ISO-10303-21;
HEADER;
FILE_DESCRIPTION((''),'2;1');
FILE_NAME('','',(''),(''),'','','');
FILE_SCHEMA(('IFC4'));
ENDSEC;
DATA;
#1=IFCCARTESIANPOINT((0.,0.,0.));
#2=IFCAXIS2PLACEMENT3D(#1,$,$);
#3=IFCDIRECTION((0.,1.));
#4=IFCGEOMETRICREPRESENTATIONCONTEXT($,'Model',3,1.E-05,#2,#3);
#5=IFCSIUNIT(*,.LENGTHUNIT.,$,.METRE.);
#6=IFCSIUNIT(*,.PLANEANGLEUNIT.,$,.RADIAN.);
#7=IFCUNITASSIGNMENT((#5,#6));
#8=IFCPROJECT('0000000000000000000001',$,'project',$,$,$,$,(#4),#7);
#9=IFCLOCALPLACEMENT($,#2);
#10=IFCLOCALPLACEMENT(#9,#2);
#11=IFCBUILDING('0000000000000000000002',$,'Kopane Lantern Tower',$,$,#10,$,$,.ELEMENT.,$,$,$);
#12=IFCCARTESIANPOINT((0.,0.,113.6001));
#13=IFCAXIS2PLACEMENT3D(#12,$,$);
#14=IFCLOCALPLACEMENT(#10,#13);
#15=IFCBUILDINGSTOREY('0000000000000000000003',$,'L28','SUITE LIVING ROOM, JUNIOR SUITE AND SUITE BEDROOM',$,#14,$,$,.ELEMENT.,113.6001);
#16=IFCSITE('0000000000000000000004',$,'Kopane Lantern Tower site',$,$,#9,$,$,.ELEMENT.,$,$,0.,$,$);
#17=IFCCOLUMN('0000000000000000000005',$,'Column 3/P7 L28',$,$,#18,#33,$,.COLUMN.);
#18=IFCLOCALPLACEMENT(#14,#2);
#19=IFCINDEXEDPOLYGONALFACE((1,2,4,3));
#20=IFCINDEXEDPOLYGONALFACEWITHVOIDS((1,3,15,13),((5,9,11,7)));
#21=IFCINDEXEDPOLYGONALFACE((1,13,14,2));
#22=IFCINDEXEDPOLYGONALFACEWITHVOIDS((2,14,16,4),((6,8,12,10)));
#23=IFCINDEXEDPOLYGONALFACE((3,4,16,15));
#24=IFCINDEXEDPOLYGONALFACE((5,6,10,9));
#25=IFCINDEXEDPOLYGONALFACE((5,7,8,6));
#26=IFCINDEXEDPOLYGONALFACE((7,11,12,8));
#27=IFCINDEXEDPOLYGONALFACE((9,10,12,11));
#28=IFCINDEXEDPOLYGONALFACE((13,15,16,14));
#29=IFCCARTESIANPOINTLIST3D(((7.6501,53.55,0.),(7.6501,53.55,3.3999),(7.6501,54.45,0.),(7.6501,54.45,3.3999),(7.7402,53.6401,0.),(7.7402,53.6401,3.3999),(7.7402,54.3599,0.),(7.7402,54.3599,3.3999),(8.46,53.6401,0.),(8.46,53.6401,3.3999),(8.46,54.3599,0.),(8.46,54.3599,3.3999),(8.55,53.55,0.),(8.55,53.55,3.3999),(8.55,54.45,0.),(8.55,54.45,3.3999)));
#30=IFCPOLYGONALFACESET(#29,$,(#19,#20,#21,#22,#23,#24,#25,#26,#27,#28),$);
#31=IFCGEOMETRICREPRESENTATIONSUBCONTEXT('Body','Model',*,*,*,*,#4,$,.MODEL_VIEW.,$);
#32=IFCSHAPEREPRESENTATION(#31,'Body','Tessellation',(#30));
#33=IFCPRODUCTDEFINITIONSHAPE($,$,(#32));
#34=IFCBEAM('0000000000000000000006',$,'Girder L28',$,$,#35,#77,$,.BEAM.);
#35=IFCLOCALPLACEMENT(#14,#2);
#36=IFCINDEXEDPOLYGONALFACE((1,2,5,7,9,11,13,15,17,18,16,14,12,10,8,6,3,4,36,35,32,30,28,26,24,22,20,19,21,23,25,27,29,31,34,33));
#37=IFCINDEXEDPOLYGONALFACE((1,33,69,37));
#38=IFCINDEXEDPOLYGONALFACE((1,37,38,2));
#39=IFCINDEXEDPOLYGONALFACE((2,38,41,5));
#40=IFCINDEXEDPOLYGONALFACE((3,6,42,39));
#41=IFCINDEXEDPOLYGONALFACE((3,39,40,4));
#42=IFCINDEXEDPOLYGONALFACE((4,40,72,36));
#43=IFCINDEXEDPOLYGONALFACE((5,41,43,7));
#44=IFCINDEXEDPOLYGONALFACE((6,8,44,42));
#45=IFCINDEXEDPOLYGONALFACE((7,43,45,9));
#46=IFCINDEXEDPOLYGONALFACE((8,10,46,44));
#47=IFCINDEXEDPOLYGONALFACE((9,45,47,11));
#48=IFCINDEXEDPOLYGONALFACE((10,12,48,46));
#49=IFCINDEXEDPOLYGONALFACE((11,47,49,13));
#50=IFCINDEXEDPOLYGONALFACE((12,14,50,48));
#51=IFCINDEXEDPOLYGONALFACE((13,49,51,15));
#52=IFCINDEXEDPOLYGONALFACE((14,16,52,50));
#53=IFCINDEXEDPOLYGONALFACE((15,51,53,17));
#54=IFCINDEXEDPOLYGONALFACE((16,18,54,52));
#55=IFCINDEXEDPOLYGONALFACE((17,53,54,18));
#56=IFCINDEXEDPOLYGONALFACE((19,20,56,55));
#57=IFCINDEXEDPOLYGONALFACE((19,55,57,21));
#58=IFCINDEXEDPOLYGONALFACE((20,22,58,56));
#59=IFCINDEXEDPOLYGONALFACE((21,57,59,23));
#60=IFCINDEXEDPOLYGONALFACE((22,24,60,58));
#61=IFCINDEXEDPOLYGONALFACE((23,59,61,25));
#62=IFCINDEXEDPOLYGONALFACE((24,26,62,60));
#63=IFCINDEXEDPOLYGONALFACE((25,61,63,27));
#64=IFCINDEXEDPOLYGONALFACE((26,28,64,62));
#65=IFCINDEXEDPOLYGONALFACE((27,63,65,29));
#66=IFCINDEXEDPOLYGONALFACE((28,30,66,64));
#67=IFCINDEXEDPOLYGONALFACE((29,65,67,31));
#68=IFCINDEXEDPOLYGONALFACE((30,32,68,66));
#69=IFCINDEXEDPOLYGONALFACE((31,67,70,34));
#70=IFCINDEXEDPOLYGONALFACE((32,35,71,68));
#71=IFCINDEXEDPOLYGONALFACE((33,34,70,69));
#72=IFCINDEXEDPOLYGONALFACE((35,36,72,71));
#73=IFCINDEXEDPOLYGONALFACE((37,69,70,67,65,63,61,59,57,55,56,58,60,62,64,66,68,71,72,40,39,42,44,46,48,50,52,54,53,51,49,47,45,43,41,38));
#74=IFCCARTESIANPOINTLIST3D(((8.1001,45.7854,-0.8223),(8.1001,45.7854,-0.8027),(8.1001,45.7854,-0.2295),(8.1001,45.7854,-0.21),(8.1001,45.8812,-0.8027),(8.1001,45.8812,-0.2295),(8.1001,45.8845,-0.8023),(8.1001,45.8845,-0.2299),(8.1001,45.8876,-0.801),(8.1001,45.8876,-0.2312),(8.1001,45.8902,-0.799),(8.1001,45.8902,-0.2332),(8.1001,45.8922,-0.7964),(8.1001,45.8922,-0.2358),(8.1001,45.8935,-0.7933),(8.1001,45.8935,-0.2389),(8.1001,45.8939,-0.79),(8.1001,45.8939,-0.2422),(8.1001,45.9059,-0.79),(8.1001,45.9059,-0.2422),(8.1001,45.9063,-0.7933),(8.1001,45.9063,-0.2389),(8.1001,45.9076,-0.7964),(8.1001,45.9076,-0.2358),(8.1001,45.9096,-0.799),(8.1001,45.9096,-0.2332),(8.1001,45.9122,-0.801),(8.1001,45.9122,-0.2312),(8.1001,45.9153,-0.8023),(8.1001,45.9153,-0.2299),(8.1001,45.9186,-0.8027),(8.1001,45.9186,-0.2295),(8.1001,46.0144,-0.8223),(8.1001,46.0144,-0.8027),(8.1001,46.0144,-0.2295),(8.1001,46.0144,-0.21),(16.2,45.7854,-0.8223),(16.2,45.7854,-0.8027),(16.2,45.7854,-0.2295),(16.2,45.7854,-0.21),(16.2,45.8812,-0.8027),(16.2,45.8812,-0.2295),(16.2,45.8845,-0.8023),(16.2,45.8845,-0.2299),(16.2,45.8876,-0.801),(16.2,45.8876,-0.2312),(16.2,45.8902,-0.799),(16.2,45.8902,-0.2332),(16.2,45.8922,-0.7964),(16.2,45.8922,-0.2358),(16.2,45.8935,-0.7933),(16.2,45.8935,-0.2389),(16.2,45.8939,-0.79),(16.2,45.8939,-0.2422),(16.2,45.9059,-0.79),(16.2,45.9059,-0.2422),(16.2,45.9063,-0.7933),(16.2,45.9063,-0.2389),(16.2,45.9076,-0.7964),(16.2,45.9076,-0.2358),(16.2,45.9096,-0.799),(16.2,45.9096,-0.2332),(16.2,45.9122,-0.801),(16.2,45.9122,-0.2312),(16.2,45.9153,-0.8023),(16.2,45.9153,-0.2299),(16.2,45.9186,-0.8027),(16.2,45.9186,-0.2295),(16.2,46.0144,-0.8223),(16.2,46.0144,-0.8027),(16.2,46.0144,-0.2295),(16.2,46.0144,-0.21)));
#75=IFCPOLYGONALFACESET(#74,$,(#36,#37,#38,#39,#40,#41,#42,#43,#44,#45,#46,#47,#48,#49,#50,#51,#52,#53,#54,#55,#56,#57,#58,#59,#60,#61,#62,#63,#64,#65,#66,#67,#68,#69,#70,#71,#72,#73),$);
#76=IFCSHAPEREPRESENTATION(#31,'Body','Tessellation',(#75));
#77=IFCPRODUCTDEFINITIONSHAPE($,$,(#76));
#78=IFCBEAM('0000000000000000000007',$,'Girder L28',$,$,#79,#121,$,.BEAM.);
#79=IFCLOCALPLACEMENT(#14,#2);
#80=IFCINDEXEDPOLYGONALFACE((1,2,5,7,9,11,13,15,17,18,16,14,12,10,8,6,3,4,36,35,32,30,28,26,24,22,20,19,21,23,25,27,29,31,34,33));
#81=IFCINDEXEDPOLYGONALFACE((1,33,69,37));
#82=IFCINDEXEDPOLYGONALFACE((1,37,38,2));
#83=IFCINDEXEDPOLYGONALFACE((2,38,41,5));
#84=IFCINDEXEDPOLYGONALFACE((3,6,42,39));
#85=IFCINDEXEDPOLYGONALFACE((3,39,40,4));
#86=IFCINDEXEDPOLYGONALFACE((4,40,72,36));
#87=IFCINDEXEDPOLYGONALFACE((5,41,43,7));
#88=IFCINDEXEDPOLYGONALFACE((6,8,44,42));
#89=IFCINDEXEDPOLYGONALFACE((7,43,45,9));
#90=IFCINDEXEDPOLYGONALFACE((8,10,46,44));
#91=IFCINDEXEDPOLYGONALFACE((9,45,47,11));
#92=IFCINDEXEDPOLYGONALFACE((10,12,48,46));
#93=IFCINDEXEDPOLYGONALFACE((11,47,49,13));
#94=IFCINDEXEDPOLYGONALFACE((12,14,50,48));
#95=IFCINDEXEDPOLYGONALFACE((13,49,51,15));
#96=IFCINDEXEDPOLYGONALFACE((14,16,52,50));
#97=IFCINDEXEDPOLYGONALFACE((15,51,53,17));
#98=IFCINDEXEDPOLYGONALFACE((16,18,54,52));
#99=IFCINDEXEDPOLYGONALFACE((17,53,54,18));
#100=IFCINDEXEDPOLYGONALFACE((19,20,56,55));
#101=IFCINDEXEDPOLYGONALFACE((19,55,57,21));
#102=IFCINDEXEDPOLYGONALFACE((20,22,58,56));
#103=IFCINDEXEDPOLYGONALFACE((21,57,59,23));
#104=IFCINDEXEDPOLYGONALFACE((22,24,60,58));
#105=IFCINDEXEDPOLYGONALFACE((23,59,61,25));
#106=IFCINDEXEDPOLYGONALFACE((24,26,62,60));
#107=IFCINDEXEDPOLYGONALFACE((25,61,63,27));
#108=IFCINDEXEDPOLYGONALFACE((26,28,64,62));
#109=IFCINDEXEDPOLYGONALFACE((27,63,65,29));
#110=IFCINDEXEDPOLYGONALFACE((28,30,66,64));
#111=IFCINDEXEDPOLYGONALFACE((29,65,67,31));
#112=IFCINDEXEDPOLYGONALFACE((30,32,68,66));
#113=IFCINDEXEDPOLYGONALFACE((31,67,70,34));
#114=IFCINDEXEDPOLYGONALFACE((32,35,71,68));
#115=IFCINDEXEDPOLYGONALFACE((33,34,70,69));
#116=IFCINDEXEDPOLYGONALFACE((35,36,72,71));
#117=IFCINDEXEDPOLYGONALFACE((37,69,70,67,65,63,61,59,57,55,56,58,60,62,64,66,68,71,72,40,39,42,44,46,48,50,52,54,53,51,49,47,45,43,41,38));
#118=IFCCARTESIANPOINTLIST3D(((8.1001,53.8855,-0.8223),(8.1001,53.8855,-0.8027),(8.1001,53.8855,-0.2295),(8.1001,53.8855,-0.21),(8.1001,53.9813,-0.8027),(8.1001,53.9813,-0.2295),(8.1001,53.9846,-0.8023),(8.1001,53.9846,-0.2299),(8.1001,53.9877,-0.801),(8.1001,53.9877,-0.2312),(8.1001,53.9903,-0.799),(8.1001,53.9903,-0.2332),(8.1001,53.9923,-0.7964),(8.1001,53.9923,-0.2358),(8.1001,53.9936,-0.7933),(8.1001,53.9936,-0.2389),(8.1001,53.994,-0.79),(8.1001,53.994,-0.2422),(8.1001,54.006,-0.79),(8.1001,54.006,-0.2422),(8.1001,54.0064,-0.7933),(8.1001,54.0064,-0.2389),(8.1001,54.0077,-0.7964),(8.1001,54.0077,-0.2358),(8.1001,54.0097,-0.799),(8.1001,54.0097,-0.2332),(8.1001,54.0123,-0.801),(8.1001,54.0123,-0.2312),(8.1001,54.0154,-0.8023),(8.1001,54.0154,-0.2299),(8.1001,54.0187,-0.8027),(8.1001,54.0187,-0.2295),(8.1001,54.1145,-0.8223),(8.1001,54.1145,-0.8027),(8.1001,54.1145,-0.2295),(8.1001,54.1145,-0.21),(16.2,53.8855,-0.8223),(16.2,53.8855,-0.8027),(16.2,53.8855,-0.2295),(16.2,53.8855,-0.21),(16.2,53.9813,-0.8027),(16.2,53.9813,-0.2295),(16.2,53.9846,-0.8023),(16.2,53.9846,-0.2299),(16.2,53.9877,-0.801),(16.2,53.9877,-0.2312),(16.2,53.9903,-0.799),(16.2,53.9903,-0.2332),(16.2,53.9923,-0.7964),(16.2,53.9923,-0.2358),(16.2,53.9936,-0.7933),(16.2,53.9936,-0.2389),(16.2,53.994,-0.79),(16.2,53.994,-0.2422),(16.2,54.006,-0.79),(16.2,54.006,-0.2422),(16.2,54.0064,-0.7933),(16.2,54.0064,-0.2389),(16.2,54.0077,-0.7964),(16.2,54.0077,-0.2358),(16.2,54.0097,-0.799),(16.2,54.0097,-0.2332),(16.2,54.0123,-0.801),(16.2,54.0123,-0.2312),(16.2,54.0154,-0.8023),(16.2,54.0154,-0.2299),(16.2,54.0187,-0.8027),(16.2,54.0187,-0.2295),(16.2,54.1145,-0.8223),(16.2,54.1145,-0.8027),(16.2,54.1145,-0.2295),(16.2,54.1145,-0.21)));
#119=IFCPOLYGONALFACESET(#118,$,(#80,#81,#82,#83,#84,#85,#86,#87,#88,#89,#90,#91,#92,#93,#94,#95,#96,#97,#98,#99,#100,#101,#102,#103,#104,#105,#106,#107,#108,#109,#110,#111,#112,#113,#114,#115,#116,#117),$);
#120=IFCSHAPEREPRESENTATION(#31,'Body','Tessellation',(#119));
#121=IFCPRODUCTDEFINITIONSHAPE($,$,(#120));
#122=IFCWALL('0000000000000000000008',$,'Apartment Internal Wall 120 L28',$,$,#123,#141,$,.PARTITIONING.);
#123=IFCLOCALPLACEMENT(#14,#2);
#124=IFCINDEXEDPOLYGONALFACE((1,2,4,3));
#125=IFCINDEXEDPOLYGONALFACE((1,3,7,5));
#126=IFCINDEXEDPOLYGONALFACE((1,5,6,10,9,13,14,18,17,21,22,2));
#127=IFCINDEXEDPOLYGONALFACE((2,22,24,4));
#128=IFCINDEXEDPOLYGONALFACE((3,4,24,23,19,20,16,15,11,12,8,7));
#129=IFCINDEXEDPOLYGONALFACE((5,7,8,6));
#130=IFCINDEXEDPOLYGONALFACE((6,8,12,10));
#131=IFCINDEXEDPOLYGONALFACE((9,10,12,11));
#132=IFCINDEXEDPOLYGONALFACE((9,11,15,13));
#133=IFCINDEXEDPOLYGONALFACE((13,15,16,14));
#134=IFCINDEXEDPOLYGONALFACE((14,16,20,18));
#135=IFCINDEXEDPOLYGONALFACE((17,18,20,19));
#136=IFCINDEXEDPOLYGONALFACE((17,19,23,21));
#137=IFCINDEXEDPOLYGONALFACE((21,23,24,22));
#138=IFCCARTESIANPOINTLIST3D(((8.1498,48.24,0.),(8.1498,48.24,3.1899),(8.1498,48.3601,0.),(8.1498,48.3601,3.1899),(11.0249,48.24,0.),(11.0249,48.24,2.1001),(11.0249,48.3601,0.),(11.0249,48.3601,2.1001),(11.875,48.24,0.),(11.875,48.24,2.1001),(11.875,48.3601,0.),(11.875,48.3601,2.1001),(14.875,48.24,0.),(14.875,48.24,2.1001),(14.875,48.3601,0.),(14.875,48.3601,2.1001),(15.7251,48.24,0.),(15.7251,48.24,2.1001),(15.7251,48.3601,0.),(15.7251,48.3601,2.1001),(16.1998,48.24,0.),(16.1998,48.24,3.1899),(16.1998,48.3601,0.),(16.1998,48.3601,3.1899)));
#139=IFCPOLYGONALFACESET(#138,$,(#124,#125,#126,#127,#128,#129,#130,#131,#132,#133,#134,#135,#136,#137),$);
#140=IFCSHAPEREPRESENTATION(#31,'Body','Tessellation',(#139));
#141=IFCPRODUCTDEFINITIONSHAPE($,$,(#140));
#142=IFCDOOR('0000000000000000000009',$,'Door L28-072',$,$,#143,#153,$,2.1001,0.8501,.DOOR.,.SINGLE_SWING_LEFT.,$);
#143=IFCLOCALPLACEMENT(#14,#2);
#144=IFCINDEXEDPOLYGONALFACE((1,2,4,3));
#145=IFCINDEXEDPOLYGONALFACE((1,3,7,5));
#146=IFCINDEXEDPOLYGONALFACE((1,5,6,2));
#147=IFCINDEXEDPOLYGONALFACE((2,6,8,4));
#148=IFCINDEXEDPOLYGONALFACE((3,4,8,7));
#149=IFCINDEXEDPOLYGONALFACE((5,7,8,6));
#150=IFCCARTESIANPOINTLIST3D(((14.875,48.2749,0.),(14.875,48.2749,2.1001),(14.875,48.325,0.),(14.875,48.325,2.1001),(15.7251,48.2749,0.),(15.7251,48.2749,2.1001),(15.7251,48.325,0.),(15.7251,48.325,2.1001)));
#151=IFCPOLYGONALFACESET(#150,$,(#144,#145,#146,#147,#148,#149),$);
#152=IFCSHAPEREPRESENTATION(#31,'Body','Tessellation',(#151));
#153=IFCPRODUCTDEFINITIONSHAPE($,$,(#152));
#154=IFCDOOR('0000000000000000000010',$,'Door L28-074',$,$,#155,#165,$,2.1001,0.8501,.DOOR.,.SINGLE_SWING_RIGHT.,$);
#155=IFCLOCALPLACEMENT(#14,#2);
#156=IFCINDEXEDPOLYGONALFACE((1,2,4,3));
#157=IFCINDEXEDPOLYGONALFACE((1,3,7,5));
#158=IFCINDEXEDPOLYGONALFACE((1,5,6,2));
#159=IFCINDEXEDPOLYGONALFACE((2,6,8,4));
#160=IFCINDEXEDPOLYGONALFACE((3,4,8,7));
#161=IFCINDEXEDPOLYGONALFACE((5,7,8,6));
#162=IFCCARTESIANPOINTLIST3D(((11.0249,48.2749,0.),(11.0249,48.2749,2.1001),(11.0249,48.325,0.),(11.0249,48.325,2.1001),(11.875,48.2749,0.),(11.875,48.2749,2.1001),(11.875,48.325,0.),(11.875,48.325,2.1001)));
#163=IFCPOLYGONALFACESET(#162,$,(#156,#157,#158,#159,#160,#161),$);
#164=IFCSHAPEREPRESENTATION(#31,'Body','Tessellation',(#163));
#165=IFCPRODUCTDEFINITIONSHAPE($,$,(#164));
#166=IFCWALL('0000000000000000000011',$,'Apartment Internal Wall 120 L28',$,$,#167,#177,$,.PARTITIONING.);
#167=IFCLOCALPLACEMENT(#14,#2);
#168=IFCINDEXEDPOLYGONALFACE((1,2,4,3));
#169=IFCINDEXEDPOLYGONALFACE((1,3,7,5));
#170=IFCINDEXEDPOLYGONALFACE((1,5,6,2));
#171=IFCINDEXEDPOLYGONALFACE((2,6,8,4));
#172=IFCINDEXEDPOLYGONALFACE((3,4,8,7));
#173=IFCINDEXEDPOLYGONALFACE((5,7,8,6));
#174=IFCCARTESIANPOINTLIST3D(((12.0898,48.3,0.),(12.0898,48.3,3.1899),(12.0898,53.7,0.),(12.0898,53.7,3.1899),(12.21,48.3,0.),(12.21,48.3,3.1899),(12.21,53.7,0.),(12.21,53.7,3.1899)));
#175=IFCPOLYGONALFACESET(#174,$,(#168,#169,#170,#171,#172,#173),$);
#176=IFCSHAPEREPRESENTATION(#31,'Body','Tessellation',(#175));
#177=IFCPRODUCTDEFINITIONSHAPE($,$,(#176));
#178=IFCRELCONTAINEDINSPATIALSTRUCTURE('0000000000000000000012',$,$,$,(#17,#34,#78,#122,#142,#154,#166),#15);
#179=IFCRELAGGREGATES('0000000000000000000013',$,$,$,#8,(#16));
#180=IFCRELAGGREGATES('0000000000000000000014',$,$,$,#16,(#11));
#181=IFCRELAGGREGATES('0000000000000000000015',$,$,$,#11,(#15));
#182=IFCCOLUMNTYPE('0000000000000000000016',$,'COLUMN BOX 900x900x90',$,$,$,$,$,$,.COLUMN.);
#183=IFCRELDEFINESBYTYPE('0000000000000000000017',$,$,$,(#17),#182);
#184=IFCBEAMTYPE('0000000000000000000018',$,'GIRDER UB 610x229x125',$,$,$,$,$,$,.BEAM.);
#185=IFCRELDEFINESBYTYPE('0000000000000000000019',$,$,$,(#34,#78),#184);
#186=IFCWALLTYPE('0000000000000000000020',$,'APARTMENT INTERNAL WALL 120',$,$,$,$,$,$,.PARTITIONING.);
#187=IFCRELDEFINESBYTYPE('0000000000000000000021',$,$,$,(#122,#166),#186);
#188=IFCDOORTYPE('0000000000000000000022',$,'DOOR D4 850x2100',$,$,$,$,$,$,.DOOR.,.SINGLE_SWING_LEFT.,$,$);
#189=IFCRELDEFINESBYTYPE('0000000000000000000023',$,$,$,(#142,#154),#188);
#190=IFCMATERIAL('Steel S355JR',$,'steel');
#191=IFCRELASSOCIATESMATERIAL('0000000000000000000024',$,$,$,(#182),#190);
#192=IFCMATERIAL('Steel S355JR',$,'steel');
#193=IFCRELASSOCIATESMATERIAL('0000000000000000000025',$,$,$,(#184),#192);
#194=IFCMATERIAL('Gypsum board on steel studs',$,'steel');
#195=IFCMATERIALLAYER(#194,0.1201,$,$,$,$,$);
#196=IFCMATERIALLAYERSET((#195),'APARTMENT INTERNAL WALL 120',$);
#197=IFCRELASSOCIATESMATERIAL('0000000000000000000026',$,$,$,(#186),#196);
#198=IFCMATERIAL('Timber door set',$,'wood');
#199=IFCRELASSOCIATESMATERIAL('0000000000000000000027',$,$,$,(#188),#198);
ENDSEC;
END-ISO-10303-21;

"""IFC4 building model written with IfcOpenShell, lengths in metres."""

from ifc_helpers import new_model, si_unit, direction, frame, frame_2d, origin, origin_2d, place, context, subcontext, project, spatial, rectangle, hollow_rectangle, i_section, extrude, material, layer, layer_set, material_profile, profile_set, type_object, element, fill, save


model = new_model("IFC4")

# Units and contexts
model_context = context("Model", 3, precision=1e-05, world=origin(), true_north=direction((0.0, 1.0)))
body_context = subcontext(model_context, "Body", "Model", "MODEL_VIEW")
ifc_project = project(units=[si_unit("LENGTHUNIT", "METRE"), si_unit("PLANEANGLEUNIT", "RADIAN")], contexts=[model_context])

# Site, building, storey
site_placement = place(None, origin())
site = spatial("IfcSite", under=ifc_project, at=site_placement, Name="Kopane Lantern Tower site", CompositionType="ELEMENT", RefElevation=0.0)
building_placement = place(site_placement, origin())
building = spatial("IfcBuilding", under=site, at=building_placement, Name="Kopane Lantern Tower", CompositionType="ELEMENT")
storey_placement = place(building_placement, frame((0.0, 0.0, 113.6001)))
storey = spatial("IfcBuildingStorey", under=building, at=storey_placement, Name="L28", Description="SUITE LIVING ROOM, JUNIOR SUITE AND SUITE BEDROOM", CompositionType="ELEMENT", Elevation=113.6001)

# Column
ifc_material_1 = material(Name="Steel S355JR", Category="steel")
ifc_material_profile_1 = material_profile(ifc_material_1, hollow_rectangle(XDim=0.8999, YDim=0.8999, WallThickness=0.0901, at=origin_2d()), Name="BOX 900x900x90")
ifc_profile_set_1 = profile_set([ifc_material_profile_1], Name="Steel S355JR")
column_type = type_object("IfcColumnType", Name="COLUMN BOX 900x900x90", PredefinedType="COLUMN", material=ifc_profile_set_1)
column_placement = place(storey_placement, frame((8.1001, 54.0, 0.0), z_axis=(0.0, 0.0, 1.0), x_axis=(1.0, 0.0, 0.0)))
element("IfcColumn", 1, at=column_placement, inside=storey, type_object=column_type, Name="Column 3/P7 L28", PredefinedType="COLUMN", context=body_context, shape_type="SweptSolid", body=[
    extrude(hollow_rectangle(XDim=0.8999, YDim=0.8999, WallThickness=0.0901, at=origin_2d()), origin(), (0.0, 0.0, 1.0), 3.3999),
])

# Beams
ifc_material_2 = material(Name="Steel S355JR", Category="steel")
ifc_material_profile_2 = material_profile(ifc_material_2, i_section(OverallWidth=0.229, OverallDepth=0.6123, WebThickness=0.012, FlangeThickness=0.0195, FilletRadius=0.0127, at=origin_2d()), Name="UB 610x229x125")
ifc_profile_set_2 = profile_set([ifc_material_profile_2], Name="Steel S355JR")
beam_type = type_object("IfcBeamType", Name="GIRDER UB 610x229x125", PredefinedType="BEAM", material=ifc_profile_set_2)
for number, where, z_axis, x_axis, name in (
    (2, (8.1001, 45.8999, -0.5161), (1.0, 0.0, 0.0), (0.0, 1.0, 0.0), "Girder L28"),
    (3, (8.1001, 54.0, -0.5161), (1.0, 0.0, 0.0), (0.0, 1.0, 0.0), "Girder L28"),
):
    element("IfcBeam", number, at=place(storey_placement, frame(where, z_axis=z_axis, x_axis=x_axis)), inside=storey, type_object=beam_type, Name=name, PredefinedType="BEAM", context=body_context, shape_type="SweptSolid", body=[
        extrude(i_section(OverallWidth=0.229, OverallDepth=0.6123, WebThickness=0.012, FlangeThickness=0.0195, FilletRadius=0.0127, at=origin_2d()), origin(), (0.0, 0.0, 1.0), 8.0999),
    ])

# Wall, openings, doors
ifc_material_3 = material(Name="Gypsum board on steel studs", Category="steel")
ifc_layer_1 = layer(ifc_material_3, 0.1201)
ifc_layer_set_1 = layer_set([ifc_layer_1], Name="APARTMENT INTERNAL WALL 120")
wall_type_1 = type_object("IfcWallType", Name="APARTMENT INTERNAL WALL 120", PredefinedType="PARTITIONING", material=ifc_layer_set_1)
wall_1_placement = place(storey_placement, frame((8.1499, 48.3, 0.0), z_axis=(0.0, 0.0, 1.0), x_axis=(1.0, 0.0, 0.0)))
wall_1 = element("IfcWall", 4, at=wall_1_placement, inside=storey, type_object=wall_type_1, Name="Apartment Internal Wall 120 L28", PredefinedType="PARTITIONING", context=body_context, shape_type="SweptSolid", body=[
    extrude(rectangle(XDim=8.05, YDim=0.1201, at=frame_2d((4.0249, 0.0))), origin(), (0.0, 0.0, 1.0), 3.1899),
])
opening_1_placement = place(wall_1_placement, frame((6.7251, 0.0, 0.0)))
opening_1 = element("IfcOpeningElement", 5, at=opening_1_placement, cuts=wall_1, PredefinedType="OPENING", context=body_context, shape_type="SweptSolid", body=[
    extrude(rectangle(XDim=0.8501, YDim=2.1001, at=frame_2d((0.425, 1.05))), frame((0.0, 0.0701, 0.0), z_axis=(0.0, -1.0, 0.0), x_axis=(1.0, 0.0, 0.0)), (0.0, 0.0, 1.0), 0.1401),
])
opening_2_placement = place(wall_1_placement, frame((2.875, 0.0, 0.0)))
opening_2 = element("IfcOpeningElement", 6, at=opening_2_placement, cuts=wall_1, PredefinedType="OPENING", context=body_context, shape_type="SweptSolid", body=[
    extrude(rectangle(XDim=0.8501, YDim=2.1001, at=frame_2d((0.425, 1.05))), frame((0.0, 0.0701, 0.0), z_axis=(0.0, -1.0, 0.0), x_axis=(1.0, 0.0, 0.0)), (0.0, 0.0, 1.0), 0.1401),
])
ifc_material_4 = material(Name="Timber door set", Category="wood")
door_type_1 = type_object("IfcDoorType", Name="DOOR D4 850x2100", OperationType="SINGLE_SWING_LEFT", PredefinedType="DOOR", material=ifc_material_4)
door_1_placement = place(opening_1_placement, origin())
door_1 = element("IfcDoor", 7, at=door_1_placement, inside=storey, type_object=door_type_1, Name="Door L28-072", OperationType="SINGLE_SWING_LEFT", OverallHeight=2.1001, OverallWidth=0.8501, PredefinedType="DOOR", context=body_context, shape_type="SweptSolid", body=[
    extrude(rectangle(XDim=0.8501, YDim=2.1001, at=frame_2d((0.425, 1.05))), frame((0.0, 0.0249, 0.0), z_axis=(0.0, -1.0, 0.0), x_axis=(1.0, 0.0, 0.0)), (0.0, 0.0, 1.0), 0.05),
])
fill(opening_1, door_1)
door_2_placement = place(opening_2_placement, origin())
door_2 = element("IfcDoor", 8, at=door_2_placement, inside=storey, type_object=door_type_1, Name="Door L28-074", OperationType="SINGLE_SWING_RIGHT", OverallHeight=2.1001, OverallWidth=0.8501, PredefinedType="DOOR", context=body_context, shape_type="SweptSolid", body=[
    extrude(rectangle(XDim=0.8501, YDim=2.1001, at=frame_2d((0.425, 1.05))), frame((0.0, 0.0249, 0.0), z_axis=(0.0, -1.0, 0.0), x_axis=(1.0, 0.0, 0.0)), (0.0, 0.0, 1.0), 0.05),
])
fill(opening_2, door_2)

# Wall
wall_2_placement = place(storey_placement, frame((12.1499, 48.3, 0.0), z_axis=(0.0, 0.0, 1.0), x_axis=(0.0, 1.0, 0.0)))
element("IfcWall", 9, at=wall_2_placement, inside=storey, type_object=wall_type_1, Name="Apartment Internal Wall 120 L28", PredefinedType="PARTITIONING", context=body_context, shape_type="SweptSolid", body=[
    extrude(rectangle(XDim=5.3999, YDim=0.1201, at=frame_2d((2.7, 0.0))), origin(), (0.0, 0.0, 1.0), 3.1899),
])

save(model, "model.ifc")
